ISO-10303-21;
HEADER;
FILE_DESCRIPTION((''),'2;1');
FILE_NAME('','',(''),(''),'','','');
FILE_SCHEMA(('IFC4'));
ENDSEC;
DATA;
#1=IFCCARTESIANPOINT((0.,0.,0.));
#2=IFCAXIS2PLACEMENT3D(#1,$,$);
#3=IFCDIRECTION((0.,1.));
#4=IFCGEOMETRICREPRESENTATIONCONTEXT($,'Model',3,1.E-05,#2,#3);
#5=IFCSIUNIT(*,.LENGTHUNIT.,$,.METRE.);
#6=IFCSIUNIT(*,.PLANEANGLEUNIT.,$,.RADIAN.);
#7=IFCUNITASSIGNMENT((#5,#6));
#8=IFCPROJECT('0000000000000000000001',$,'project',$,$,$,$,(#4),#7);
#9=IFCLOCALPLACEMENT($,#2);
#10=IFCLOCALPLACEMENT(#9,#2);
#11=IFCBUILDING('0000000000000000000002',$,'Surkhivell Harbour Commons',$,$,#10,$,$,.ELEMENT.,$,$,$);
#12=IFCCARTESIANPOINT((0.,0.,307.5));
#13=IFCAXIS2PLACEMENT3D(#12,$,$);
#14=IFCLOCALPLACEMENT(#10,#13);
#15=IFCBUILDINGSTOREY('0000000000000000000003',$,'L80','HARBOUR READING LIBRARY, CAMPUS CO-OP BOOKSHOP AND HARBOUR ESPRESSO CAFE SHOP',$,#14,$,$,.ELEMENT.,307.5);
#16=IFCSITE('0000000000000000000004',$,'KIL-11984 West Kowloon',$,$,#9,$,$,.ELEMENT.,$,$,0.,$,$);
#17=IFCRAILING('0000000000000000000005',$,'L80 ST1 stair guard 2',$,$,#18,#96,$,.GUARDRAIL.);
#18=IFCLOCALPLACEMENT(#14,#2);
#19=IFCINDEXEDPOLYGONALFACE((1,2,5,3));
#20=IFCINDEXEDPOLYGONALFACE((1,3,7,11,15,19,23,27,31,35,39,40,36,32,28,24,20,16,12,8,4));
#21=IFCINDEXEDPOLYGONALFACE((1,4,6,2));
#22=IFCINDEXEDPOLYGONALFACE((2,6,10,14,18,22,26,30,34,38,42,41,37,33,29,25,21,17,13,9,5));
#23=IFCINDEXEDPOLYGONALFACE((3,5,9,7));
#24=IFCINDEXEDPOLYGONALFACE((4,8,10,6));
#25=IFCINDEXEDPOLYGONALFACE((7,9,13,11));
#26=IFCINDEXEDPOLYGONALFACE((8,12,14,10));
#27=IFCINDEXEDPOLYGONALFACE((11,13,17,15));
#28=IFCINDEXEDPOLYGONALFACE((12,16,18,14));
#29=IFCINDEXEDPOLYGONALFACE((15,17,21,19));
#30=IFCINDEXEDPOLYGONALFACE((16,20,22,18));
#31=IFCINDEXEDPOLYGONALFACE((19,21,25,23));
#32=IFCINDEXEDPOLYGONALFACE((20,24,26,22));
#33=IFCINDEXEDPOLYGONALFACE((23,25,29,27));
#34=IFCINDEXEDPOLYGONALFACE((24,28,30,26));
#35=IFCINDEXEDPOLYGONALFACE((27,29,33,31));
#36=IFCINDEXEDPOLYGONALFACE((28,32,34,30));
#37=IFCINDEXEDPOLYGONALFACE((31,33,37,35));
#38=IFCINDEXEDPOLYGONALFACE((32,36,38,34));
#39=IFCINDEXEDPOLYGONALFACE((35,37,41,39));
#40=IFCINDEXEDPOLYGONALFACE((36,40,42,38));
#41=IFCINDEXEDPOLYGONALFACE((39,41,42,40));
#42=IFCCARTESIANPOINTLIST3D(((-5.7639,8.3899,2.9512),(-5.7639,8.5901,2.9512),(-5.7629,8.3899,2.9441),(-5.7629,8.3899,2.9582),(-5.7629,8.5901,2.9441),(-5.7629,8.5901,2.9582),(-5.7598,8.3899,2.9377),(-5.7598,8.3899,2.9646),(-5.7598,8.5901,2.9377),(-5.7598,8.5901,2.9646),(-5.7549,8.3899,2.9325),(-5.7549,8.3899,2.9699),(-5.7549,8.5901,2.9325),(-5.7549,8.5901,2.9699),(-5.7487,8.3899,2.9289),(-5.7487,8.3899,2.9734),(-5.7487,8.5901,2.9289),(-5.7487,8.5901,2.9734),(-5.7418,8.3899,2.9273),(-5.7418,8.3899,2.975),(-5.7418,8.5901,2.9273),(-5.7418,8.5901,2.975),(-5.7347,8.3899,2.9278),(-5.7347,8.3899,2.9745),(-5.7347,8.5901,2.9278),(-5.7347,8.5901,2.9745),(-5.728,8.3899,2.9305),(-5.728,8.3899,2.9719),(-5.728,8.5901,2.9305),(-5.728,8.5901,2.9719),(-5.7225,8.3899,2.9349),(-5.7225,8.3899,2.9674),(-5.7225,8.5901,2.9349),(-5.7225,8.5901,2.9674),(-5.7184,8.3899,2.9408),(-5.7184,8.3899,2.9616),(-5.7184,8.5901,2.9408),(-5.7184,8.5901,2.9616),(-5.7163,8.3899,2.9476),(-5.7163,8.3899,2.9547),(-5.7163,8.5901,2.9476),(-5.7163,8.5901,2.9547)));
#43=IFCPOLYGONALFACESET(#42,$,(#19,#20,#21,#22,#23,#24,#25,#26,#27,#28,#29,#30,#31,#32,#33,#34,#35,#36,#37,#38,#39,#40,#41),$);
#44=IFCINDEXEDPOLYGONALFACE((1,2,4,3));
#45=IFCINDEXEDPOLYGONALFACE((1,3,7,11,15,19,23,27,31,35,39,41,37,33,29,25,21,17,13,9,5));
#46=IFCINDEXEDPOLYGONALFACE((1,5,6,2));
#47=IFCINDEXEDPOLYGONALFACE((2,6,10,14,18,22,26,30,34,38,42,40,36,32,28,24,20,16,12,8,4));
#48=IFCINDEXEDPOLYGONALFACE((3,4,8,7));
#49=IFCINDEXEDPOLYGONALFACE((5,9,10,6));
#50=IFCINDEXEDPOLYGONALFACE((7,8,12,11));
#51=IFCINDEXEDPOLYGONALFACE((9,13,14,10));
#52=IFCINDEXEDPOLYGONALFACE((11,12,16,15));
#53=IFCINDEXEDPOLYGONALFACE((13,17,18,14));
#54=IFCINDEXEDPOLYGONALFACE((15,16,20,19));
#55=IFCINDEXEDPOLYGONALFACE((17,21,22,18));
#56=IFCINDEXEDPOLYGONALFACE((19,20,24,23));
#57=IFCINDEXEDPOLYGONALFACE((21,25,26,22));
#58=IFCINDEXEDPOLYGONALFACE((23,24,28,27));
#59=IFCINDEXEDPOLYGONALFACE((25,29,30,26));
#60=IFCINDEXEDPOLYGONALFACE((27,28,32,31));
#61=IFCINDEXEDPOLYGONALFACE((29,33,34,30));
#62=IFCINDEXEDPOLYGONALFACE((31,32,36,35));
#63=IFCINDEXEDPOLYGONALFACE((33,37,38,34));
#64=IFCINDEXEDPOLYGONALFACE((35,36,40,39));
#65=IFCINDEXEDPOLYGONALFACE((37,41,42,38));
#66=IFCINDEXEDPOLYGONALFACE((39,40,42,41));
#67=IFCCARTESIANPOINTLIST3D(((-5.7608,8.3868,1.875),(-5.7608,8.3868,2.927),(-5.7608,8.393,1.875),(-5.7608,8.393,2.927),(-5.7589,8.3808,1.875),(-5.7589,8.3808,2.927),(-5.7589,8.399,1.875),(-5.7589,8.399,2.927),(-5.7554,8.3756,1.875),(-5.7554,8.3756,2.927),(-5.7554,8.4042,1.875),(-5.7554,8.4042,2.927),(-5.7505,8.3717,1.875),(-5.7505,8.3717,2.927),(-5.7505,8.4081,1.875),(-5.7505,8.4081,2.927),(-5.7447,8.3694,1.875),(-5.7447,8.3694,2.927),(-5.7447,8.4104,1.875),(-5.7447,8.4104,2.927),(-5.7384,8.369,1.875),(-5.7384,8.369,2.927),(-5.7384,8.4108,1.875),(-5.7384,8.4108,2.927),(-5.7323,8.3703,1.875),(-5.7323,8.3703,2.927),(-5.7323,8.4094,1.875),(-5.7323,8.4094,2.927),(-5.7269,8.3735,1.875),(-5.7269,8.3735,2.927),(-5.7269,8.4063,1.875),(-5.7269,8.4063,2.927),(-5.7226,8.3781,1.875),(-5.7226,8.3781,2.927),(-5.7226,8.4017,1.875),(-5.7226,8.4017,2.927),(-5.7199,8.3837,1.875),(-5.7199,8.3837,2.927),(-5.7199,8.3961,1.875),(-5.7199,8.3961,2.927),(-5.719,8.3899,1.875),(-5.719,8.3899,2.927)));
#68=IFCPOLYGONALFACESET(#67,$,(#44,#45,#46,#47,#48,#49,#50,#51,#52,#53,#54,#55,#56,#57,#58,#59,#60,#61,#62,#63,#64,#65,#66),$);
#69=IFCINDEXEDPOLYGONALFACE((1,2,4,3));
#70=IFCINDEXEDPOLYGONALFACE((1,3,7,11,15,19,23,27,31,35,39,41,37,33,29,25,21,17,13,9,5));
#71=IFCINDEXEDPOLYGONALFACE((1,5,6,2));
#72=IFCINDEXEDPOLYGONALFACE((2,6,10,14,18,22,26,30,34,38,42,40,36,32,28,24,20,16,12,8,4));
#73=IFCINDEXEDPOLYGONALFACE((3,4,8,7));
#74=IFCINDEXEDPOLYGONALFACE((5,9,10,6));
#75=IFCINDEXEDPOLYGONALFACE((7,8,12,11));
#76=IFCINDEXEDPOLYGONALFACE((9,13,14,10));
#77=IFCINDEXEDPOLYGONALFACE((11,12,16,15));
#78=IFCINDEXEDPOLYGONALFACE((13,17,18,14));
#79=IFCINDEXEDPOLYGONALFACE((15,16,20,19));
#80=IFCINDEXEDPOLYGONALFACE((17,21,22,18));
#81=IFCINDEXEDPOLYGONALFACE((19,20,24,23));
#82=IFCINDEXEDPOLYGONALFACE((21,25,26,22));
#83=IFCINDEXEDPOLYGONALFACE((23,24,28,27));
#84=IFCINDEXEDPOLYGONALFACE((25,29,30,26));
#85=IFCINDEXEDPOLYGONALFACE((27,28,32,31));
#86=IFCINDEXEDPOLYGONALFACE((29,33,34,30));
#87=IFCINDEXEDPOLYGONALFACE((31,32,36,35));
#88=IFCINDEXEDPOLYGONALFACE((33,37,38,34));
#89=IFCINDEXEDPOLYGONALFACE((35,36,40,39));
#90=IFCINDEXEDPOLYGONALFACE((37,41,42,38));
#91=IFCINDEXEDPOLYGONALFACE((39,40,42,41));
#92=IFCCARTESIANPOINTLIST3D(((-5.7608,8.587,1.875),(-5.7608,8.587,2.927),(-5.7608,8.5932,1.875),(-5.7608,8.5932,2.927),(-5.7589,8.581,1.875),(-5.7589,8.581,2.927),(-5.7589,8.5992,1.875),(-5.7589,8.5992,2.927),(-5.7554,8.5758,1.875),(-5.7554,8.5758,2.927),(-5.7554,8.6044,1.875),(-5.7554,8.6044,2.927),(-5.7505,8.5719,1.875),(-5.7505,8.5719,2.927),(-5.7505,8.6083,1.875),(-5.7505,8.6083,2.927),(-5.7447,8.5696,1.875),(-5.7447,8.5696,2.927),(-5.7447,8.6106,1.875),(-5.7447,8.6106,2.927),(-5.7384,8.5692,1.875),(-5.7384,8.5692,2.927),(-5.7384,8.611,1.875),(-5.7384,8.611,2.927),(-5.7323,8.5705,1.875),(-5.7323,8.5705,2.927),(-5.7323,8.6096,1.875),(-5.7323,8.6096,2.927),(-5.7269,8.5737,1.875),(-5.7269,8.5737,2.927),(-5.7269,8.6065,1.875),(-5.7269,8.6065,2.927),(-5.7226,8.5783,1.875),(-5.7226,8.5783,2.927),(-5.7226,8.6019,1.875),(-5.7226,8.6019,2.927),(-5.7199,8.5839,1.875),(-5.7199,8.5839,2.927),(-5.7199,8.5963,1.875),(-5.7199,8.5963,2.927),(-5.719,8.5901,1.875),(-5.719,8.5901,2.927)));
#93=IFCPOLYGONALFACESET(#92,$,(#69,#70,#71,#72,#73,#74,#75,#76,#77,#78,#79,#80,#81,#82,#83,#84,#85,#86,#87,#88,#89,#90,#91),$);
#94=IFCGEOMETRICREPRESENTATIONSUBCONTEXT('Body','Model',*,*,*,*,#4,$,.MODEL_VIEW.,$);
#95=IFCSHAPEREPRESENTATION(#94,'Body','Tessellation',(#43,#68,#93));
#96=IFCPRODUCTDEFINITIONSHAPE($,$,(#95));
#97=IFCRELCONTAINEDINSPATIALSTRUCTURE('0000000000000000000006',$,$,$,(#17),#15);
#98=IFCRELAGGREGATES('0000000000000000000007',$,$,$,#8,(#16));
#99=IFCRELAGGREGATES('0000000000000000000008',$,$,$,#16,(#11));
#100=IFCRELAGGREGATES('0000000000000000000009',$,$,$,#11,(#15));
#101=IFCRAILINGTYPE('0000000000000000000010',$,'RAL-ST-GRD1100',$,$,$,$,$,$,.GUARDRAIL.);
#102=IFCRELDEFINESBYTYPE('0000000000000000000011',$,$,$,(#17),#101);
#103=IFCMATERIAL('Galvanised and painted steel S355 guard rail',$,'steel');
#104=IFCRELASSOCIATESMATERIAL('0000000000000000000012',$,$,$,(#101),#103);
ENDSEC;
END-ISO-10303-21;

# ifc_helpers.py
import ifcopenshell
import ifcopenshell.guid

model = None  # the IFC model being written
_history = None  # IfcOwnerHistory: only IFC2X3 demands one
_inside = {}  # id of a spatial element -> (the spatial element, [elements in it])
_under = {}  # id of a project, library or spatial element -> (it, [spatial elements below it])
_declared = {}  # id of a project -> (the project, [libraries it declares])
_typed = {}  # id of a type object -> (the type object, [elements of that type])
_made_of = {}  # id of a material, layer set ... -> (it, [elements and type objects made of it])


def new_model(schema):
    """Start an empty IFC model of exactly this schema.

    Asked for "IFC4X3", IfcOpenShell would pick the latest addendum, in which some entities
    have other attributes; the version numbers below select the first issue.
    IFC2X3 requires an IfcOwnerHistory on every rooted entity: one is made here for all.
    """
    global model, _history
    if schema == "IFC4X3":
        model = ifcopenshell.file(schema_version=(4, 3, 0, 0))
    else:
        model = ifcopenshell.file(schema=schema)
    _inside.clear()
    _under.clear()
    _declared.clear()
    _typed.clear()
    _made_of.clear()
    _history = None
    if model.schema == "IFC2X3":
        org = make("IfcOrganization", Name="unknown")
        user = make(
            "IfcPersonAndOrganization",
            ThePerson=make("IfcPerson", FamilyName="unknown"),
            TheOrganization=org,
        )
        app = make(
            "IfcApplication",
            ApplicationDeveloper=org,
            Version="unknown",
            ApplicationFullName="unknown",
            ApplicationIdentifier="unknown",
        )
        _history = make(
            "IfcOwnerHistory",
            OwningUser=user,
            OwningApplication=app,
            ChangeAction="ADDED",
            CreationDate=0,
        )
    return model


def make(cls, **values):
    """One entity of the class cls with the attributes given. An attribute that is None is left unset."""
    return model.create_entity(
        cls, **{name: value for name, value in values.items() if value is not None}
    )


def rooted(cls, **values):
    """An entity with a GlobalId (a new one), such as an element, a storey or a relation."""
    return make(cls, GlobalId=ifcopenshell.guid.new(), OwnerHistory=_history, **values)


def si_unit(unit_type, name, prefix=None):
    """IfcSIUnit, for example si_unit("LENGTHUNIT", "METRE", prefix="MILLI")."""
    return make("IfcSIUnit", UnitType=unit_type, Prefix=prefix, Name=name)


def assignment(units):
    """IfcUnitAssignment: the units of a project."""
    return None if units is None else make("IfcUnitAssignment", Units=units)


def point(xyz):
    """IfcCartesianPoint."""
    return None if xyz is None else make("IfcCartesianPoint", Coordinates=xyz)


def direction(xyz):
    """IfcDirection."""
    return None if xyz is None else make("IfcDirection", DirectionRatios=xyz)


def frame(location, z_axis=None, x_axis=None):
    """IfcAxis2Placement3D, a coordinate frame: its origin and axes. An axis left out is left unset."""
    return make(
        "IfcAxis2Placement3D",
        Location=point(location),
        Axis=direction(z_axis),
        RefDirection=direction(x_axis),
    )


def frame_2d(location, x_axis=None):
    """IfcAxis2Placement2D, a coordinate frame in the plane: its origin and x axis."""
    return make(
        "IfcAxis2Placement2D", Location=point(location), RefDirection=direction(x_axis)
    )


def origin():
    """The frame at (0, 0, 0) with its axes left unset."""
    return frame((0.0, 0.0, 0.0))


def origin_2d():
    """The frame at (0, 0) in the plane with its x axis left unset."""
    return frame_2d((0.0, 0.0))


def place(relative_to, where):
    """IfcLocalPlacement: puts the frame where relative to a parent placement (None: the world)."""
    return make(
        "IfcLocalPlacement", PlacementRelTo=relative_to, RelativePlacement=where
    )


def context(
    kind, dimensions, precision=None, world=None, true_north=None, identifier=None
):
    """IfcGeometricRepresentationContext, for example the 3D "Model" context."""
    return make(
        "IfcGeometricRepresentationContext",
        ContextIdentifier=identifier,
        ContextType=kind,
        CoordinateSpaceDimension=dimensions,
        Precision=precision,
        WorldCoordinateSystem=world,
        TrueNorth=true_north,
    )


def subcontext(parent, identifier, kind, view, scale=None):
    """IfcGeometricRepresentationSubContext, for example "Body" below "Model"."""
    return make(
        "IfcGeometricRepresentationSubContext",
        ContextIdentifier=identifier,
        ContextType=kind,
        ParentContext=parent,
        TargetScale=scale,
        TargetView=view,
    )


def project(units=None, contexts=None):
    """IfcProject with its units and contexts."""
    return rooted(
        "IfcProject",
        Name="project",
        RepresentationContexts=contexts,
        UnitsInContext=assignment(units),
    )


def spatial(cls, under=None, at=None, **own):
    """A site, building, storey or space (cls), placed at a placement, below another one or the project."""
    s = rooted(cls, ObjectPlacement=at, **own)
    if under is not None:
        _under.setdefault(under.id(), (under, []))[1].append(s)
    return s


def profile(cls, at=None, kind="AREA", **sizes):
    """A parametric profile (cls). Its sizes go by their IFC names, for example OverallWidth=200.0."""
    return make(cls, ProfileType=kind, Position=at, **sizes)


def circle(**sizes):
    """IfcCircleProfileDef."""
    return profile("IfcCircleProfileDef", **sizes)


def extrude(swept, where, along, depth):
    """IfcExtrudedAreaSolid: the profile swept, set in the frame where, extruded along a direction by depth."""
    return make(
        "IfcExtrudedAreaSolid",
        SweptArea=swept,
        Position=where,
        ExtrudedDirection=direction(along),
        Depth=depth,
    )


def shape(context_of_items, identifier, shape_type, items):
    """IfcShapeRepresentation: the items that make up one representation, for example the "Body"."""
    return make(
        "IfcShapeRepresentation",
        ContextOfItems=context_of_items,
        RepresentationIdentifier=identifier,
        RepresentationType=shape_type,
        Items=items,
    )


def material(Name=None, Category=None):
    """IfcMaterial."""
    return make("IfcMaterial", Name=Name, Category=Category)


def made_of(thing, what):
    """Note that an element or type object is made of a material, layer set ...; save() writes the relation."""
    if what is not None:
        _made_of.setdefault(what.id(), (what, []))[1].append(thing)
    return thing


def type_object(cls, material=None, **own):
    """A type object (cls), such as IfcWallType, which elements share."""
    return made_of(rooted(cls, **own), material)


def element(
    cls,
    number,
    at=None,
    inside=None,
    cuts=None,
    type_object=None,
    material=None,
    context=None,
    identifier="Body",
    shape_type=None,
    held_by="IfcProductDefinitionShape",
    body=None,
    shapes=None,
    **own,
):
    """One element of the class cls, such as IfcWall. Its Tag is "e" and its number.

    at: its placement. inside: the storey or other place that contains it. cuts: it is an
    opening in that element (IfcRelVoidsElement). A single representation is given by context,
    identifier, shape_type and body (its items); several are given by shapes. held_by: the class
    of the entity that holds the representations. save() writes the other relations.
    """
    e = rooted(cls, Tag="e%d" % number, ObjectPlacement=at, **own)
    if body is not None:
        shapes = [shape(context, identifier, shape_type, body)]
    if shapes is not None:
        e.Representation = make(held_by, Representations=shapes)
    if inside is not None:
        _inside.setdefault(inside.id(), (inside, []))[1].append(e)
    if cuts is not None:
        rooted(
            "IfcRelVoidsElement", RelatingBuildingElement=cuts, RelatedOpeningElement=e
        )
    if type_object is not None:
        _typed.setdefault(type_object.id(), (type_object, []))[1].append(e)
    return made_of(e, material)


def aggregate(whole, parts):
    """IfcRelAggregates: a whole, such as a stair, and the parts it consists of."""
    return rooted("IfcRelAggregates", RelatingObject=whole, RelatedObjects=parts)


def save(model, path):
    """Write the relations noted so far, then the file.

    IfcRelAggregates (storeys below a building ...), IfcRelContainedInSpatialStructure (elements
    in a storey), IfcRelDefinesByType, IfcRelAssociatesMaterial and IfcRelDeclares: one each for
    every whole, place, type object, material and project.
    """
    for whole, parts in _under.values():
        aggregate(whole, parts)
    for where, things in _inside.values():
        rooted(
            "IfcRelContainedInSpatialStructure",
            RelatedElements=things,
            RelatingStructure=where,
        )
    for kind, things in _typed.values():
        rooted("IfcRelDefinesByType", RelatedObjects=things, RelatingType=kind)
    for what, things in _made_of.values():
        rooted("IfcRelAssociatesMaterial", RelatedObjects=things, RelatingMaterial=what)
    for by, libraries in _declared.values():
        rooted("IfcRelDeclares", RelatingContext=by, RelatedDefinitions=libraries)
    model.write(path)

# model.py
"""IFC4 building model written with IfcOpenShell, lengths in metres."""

from ifc_helpers import new_model, si_unit, direction, frame, origin, origin_2d, place, context, subcontext, project, spatial, circle, extrude, material, type_object, element, save


model = new_model("IFC4")

# Units and contexts
model_context = context("Model", 3, precision=1e-05, world=origin(), true_north=direction((0.0, 1.0)))
body_context = subcontext(model_context, "Body", "Model", "MODEL_VIEW")
ifc_project = project(units=[si_unit("LENGTHUNIT", "METRE"), si_unit("PLANEANGLEUNIT", "RADIAN")], contexts=[model_context])

# Site, building, storey
site_placement = place(None, origin())
site = spatial("IfcSite", under=ifc_project, at=site_placement, Name="KIL-11984 West Kowloon", CompositionType="ELEMENT", RefElevation=0.0)
building_placement = place(site_placement, origin())
building = spatial("IfcBuilding", under=site, at=building_placement, Name="Surkhivell Harbour Commons", CompositionType="ELEMENT")
storey_placement = place(building_placement, frame((0.0, 0.0, 307.5)))
storey = spatial("IfcBuildingStorey", under=building, at=storey_placement, Name="L80", Description="HARBOUR READING LIBRARY, CAMPUS CO-OP BOOKSHOP AND HARBOUR ESPRESSO CAFE SHOP", CompositionType="ELEMENT", Elevation=307.5)

# Railing
ifc_material_1 = material(Name="Galvanised and painted steel S355 guard rail", Category="steel")
railing_type_1 = type_object("IfcRailingType", Name="RAL-ST-GRD1100", PredefinedType="GUARDRAIL", material=ifc_material_1)
railing_1_placement = place(storey_placement, frame((-5.74, 8.3899, 1.875)))
element("IfcRailing", 1, at=railing_1_placement, inside=storey, type_object=railing_type_1, Name="L80 ST1 stair guard 2", PredefinedType="GUARDRAIL", context=body_context, shape_type="SweptSolid", body=[
    extrude(circle(Radius=0.0239, at=origin_2d()), frame((0.0, 0.0, 1.0762), z_axis=(0.0, 1.0, 0.0), x_axis=(-1.0, 0.0, 0.0)), (0.0, 0.0, 1.0), 0.2002),
    extrude(circle(Radius=0.021, at=origin_2d()), origin(), (0.0, 0.0, 1.0), 1.052),
    extrude(circle(Radius=0.021, at=origin_2d()), frame((0.0, 0.2002, 0.0)), (0.0, 0.0, 1.0), 1.052),
])

save(model, "model.ifc")
